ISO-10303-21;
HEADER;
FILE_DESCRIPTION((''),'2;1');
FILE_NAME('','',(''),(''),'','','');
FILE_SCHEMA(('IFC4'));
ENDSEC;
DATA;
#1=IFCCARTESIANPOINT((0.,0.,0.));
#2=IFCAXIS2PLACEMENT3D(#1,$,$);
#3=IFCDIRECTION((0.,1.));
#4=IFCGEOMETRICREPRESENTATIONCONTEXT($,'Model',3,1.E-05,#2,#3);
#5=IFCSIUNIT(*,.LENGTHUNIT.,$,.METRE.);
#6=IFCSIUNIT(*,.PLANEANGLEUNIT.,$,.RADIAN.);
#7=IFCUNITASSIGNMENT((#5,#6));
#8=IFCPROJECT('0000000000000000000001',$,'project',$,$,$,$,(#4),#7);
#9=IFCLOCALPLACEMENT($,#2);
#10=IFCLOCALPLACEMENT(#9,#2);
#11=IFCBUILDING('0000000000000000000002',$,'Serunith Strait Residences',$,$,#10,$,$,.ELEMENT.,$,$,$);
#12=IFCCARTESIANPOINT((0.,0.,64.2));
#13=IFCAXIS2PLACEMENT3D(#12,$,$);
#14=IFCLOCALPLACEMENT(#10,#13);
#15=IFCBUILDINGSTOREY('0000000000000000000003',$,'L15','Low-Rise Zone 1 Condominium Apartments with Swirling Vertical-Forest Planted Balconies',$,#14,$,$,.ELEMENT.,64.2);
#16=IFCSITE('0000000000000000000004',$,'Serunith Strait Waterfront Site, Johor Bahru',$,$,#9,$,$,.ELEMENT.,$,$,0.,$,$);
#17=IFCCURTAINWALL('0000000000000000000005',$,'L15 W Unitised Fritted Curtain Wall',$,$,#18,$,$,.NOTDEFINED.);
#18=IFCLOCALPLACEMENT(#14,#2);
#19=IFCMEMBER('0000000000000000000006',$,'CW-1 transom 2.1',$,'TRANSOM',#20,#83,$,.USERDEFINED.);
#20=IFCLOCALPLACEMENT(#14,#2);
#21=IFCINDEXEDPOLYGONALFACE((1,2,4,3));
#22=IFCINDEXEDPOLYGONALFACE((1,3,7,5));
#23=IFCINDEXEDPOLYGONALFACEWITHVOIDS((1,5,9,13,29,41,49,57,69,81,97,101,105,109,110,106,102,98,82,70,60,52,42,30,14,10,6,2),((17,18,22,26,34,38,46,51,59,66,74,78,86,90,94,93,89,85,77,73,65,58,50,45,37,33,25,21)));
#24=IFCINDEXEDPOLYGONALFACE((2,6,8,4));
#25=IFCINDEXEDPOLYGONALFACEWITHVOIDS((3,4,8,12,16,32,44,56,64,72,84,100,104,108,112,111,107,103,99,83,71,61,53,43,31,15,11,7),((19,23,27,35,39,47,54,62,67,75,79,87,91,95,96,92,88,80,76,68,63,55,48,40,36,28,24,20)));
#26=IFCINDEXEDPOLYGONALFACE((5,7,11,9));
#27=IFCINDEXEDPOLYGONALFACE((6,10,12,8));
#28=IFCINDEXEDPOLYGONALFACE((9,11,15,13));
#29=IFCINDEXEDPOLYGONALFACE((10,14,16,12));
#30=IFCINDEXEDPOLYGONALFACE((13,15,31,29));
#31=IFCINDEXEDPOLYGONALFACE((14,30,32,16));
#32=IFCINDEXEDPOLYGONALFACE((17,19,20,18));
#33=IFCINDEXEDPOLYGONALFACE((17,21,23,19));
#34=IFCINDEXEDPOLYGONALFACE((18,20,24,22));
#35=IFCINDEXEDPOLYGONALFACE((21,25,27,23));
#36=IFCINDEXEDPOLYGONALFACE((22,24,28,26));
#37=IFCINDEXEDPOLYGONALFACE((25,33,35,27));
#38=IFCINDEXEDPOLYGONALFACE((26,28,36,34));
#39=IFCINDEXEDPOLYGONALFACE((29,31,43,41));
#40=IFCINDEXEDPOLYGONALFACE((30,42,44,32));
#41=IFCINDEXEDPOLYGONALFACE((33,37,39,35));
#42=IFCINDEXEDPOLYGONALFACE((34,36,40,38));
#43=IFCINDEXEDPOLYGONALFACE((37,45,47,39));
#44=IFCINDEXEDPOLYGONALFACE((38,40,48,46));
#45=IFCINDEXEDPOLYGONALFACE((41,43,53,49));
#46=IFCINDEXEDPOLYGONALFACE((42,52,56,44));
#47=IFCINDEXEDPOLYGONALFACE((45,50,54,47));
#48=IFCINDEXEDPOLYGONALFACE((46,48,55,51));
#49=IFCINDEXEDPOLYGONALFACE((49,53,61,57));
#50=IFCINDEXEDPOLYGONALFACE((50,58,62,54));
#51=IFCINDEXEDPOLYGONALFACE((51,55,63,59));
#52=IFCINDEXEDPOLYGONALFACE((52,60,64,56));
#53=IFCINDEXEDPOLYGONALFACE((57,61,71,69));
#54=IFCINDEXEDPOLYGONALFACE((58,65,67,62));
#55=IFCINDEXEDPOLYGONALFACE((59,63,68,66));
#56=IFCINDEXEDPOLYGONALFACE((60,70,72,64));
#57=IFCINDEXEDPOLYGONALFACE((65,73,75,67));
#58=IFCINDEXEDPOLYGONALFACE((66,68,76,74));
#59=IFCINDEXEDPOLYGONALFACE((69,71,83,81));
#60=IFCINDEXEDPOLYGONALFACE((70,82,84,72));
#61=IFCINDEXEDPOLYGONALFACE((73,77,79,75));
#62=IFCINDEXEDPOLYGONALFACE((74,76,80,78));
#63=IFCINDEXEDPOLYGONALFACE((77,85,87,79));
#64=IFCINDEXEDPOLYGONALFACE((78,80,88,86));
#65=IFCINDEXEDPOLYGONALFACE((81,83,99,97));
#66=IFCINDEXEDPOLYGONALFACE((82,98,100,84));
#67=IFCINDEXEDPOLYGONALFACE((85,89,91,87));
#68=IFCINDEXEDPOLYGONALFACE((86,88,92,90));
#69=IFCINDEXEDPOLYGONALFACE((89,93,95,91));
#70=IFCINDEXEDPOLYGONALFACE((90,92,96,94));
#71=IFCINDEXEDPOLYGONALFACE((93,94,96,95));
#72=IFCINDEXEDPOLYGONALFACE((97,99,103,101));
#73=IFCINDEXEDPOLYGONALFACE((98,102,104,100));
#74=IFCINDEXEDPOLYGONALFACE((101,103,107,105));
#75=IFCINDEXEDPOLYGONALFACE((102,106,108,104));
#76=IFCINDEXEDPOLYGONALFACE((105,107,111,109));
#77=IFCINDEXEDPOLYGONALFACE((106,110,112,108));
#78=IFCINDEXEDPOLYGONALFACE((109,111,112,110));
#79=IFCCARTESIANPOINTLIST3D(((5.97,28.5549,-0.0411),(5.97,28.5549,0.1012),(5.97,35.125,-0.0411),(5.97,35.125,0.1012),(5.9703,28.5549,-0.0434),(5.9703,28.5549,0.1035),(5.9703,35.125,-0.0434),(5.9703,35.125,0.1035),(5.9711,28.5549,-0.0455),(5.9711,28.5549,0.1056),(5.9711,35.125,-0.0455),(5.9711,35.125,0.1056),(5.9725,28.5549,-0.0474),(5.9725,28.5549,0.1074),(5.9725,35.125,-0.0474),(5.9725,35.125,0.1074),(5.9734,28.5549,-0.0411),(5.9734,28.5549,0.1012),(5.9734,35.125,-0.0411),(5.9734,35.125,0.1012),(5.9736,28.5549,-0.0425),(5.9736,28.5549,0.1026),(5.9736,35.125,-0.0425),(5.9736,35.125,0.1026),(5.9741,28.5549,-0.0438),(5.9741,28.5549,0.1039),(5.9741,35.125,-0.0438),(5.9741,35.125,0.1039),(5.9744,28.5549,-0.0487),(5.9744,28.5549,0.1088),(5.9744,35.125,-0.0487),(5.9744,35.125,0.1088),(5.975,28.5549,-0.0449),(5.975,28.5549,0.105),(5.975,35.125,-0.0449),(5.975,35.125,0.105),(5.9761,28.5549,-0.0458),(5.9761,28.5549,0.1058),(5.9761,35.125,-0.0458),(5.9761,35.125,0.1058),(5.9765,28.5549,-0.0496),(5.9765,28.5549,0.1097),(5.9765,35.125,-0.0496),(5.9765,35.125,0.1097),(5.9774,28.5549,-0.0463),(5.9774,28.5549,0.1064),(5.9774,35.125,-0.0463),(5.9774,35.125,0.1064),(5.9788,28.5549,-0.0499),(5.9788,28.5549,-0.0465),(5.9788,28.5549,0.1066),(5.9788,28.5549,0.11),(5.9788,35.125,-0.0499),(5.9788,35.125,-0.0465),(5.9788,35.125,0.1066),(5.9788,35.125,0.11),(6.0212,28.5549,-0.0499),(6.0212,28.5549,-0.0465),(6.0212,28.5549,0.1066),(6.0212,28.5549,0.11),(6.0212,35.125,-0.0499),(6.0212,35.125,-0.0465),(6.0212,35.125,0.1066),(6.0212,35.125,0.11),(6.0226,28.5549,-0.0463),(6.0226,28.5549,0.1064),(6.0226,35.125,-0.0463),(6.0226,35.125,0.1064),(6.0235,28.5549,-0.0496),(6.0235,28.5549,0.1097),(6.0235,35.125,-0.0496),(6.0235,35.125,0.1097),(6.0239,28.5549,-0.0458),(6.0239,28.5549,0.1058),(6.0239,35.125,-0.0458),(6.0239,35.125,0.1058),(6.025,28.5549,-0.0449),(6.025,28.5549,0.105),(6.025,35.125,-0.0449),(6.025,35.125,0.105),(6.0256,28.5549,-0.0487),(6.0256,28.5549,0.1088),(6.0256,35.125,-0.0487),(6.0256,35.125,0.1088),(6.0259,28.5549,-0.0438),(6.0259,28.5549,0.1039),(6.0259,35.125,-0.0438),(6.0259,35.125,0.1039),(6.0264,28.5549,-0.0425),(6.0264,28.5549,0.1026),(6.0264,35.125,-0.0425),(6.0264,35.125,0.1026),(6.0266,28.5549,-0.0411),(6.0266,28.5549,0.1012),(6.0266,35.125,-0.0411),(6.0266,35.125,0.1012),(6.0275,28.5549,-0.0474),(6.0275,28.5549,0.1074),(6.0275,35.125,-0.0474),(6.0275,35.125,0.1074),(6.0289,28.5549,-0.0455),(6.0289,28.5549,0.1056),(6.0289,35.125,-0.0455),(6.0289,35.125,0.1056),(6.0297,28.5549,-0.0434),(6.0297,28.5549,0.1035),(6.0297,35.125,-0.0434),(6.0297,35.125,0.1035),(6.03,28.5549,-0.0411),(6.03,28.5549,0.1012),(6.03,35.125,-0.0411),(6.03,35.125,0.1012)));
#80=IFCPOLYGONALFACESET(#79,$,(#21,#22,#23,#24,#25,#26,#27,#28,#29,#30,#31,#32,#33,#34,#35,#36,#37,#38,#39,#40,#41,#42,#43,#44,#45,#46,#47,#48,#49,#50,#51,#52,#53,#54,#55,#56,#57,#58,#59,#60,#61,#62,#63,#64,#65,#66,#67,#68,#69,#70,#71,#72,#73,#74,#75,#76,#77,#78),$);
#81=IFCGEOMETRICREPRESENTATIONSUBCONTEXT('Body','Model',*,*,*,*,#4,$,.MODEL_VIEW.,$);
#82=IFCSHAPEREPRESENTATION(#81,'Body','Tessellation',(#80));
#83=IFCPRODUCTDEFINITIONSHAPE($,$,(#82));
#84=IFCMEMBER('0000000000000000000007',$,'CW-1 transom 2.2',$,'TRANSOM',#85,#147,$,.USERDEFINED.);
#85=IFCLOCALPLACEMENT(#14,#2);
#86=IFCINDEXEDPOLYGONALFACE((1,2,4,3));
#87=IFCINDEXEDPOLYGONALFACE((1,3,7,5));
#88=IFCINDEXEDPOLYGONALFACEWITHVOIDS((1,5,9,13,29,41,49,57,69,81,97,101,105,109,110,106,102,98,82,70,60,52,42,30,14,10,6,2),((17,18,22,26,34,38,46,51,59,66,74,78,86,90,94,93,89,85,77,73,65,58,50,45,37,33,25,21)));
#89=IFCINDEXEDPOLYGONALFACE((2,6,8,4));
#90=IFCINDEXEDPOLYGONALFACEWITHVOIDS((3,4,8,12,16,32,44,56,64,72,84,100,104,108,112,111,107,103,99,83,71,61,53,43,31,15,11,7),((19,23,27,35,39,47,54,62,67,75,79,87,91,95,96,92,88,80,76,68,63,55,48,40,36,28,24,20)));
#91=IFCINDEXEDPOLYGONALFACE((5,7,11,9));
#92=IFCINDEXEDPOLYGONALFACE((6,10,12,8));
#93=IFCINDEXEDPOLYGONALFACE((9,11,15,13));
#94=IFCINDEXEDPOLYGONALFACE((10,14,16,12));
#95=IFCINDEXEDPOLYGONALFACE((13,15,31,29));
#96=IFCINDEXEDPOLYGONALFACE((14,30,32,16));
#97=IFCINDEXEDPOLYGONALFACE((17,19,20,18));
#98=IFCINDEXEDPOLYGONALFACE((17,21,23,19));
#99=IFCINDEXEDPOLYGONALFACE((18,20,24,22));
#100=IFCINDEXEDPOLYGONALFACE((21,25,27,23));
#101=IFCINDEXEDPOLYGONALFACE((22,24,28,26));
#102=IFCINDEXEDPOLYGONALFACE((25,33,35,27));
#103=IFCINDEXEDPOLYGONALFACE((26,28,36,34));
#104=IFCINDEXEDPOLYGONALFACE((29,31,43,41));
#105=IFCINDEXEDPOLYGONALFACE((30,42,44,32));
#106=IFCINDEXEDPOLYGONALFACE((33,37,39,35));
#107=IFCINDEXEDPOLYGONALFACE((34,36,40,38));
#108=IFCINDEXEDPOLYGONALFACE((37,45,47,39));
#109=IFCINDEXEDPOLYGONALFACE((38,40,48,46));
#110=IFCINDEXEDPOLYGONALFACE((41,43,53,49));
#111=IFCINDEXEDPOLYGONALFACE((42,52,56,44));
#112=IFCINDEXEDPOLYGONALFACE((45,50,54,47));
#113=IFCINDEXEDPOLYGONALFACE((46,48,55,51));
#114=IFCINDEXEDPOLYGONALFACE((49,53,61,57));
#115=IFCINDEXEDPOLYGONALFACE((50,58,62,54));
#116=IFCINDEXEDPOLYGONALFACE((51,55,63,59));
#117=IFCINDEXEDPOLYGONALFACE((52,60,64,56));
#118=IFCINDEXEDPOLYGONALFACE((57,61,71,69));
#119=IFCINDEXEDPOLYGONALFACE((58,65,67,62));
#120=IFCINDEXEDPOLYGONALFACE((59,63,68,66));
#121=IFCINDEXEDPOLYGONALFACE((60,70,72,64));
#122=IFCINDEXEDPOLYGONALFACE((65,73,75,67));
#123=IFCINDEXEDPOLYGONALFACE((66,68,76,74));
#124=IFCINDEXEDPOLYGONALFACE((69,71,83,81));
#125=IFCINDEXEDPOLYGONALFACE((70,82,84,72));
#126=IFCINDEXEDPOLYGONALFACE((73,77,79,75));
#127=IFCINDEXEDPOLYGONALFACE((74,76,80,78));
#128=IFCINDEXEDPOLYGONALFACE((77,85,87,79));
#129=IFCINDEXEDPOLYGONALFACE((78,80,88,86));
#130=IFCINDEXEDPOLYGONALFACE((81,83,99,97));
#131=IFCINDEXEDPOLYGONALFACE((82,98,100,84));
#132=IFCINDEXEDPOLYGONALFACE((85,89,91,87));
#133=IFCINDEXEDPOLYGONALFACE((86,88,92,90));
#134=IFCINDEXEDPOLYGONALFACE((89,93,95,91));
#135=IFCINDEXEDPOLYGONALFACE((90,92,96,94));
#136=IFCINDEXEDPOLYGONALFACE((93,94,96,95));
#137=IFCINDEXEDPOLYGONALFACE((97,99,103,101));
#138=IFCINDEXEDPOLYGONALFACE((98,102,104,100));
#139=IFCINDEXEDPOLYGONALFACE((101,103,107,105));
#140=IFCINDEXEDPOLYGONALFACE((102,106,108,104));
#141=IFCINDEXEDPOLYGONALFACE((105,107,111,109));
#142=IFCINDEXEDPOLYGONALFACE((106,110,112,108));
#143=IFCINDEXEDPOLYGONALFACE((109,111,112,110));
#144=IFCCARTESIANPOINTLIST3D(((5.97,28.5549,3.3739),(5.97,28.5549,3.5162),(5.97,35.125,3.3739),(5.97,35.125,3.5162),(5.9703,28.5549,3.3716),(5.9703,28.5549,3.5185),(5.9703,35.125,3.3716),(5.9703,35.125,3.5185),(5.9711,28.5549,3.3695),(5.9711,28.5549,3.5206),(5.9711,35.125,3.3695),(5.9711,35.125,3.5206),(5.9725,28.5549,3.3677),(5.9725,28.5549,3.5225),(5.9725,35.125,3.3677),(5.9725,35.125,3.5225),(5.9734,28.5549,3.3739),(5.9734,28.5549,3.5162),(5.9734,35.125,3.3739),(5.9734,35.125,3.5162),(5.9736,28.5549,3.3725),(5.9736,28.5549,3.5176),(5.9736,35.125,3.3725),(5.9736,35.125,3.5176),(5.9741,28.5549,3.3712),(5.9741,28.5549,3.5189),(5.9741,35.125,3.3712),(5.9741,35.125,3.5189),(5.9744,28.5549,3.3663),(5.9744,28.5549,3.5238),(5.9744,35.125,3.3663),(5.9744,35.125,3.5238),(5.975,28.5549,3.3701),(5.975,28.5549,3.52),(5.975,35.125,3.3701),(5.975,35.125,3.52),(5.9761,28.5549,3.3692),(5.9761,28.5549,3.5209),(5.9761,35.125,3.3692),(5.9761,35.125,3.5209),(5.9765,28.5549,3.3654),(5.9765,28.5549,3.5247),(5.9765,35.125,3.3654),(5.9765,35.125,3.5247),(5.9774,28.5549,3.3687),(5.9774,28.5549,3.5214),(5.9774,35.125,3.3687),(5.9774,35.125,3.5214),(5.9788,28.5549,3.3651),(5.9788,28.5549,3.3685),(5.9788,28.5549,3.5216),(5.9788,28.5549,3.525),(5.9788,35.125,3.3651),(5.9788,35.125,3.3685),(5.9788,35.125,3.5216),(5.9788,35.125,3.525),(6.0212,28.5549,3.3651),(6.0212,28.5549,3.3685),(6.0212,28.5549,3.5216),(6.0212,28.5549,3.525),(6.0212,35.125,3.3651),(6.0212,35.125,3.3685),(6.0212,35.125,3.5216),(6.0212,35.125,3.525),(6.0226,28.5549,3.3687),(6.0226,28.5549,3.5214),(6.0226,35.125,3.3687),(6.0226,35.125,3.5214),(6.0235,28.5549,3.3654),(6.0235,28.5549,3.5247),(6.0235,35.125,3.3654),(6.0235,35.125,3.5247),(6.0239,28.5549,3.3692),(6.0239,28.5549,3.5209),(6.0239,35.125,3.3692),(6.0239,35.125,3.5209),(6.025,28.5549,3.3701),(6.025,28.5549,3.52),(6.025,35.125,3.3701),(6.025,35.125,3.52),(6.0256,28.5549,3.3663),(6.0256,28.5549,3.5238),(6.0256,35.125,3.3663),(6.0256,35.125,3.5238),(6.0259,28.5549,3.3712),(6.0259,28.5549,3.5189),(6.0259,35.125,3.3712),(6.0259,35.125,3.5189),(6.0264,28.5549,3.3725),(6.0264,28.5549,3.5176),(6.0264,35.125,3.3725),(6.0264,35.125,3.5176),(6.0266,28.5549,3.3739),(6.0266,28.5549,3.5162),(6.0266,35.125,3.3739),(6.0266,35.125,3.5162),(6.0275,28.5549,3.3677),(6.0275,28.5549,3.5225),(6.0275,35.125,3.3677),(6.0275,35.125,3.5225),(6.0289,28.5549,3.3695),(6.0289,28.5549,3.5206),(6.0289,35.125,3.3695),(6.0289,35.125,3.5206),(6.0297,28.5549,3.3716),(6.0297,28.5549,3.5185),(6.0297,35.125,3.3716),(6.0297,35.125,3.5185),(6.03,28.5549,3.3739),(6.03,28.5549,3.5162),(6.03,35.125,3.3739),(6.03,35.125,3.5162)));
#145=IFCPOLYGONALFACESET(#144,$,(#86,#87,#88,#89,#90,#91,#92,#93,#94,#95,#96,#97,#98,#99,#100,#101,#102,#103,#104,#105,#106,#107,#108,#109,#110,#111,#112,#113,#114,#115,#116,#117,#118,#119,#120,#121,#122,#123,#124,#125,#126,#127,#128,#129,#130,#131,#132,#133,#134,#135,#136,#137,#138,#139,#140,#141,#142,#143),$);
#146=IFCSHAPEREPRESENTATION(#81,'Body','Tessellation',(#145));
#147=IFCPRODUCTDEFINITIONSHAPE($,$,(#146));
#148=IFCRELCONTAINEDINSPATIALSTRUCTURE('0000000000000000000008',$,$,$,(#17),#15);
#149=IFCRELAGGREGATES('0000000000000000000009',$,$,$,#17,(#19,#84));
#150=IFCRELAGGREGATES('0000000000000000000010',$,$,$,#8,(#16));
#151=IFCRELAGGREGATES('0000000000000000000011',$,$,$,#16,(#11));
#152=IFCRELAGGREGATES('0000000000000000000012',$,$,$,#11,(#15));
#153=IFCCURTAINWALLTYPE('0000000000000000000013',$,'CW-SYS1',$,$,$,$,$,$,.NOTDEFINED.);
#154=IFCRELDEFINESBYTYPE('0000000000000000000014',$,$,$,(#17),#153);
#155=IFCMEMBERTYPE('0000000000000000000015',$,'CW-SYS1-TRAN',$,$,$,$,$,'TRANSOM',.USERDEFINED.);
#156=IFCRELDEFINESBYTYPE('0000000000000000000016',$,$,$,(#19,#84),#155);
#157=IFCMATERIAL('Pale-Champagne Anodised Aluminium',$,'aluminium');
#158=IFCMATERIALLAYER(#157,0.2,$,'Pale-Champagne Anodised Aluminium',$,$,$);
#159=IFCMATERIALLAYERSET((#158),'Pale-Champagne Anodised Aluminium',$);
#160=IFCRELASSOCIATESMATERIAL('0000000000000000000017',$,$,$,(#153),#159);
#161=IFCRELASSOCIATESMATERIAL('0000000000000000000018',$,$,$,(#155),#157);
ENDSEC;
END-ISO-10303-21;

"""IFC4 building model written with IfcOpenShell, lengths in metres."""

from ifc_helpers import new_model, si_unit, direction, frame, origin, origin_2d, place, context, subcontext, project, spatial, hollow_rectangle, extrude, source, transform, mapped, material, layer, layer_set, material_profile, profile_set, type_object, element, aggregate, save


model = new_model("IFC4")

# Units and contexts
model_context = context("Model", 3, precision=1e-05, world=origin(), true_north=direction((0.0, 1.0)))
body_context = subcontext(model_context, "Body", "Model", "MODEL_VIEW")
ifc_project = project(units=[si_unit("LENGTHUNIT", "METRE"), si_unit("PLANEANGLEUNIT", "RADIAN")], contexts=[model_context])

# Site, building, storey
site_placement = place(None, origin())
site = spatial("IfcSite", under=ifc_project, at=site_placement, Name="Serunith Strait Waterfront Site, Johor Bahru", CompositionType="ELEMENT", RefElevation=0.0)
building_placement = place(site_placement, origin())
building = spatial("IfcBuilding", under=site, at=building_placement, Name="Serunith Strait Residences", CompositionType="ELEMENT")
storey_placement = place(building_placement, frame((0.0, 0.0, 64.2)))
storey = spatial("IfcBuildingStorey", under=building, at=storey_placement, Name="L15", Description="Low-Rise Zone 1 Condominium Apartments with Swirling Vertical-Forest Planted Balconies", CompositionType="ELEMENT", Elevation=64.2)

# Curtain wall, members
ifc_material_1 = material(Name="Pale-Champagne Anodised Aluminium", Category="aluminium")
ifc_layer_1 = layer(ifc_material_1, 0.2, Name="Pale-Champagne Anodised Aluminium")
ifc_layer_set_1 = layer_set([ifc_layer_1], Name="Pale-Champagne Anodised Aluminium")
curtain_wall_type = type_object("IfcCurtainWallType", Name="CW-SYS1", PredefinedType="NOTDEFINED", material=ifc_layer_set_1)
curtain_wall_placement = place(storey_placement, origin())
curtain_wall = element("IfcCurtainWall", 1, at=curtain_wall_placement, inside=storey, type_object=curtain_wall_type, Name="L15 W Unitised Fritted Curtain Wall", PredefinedType="NOTDEFINED")
ifc_material_profile_1 = material_profile(ifc_material_1, hollow_rectangle(XDim=0.0601, YDim=0.1599, WallThickness=0.0034, InnerFilletRadius=0.0054, OuterFilletRadius=0.0088, at=origin_2d()), Name="ALU 160x60x3.5")
ifc_profile_set_1 = profile_set([ifc_material_profile_1], Name="Pale-Champagne Anodised Aluminium")
member_type_1 = type_object("IfcMemberType", Name="CW-SYS1-TRAN", ElementType="TRANSOM", PredefinedType="USERDEFINED", material=ifc_profile_set_1)
shared_shape_1 = source(origin(), body_context, "Body", "SweptSolid", [
    extrude(hollow_rectangle(XDim=0.0601, YDim=0.1599, WallThickness=0.0034, InnerFilletRadius=0.0054, OuterFilletRadius=0.0088, at=origin_2d()), origin(), (0.0, 0.0, 1.0), 6.5701),
])
member_1_placement = place(storey_placement, frame((6.0, 35.125, 0.03), z_axis=(0.0, -1.0, 0.0), x_axis=(1.0, 0.0, 0.0)))
member_1 = element("IfcMember", 2, at=member_1_placement, type_object=member_type_1, Name="CW-1 transom 2.1", ObjectType="TRANSOM", PredefinedType="USERDEFINED", context=body_context, shape_type="MappedRepresentation", body=[
    mapped(shared_shape_1, transform((0.0, 0.0, 0.0), scale=1.0)),
])
member_2_placement = place(storey_placement, frame((6.0, 35.125, 3.4451), z_axis=(0.0, -1.0, 0.0), x_axis=(1.0, 0.0, 0.0)))
member_2 = element("IfcMember", 3, at=member_2_placement, type_object=member_type_1, Name="CW-1 transom 2.2", ObjectType="TRANSOM", PredefinedType="USERDEFINED", context=body_context, shape_type="MappedRepresentation", body=[
    mapped(shared_shape_1, transform((0.0, 0.0, 0.0), scale=1.0)),
])
aggregate(curtain_wall, [member_1, member_2])

save(model, "model.ifc")
